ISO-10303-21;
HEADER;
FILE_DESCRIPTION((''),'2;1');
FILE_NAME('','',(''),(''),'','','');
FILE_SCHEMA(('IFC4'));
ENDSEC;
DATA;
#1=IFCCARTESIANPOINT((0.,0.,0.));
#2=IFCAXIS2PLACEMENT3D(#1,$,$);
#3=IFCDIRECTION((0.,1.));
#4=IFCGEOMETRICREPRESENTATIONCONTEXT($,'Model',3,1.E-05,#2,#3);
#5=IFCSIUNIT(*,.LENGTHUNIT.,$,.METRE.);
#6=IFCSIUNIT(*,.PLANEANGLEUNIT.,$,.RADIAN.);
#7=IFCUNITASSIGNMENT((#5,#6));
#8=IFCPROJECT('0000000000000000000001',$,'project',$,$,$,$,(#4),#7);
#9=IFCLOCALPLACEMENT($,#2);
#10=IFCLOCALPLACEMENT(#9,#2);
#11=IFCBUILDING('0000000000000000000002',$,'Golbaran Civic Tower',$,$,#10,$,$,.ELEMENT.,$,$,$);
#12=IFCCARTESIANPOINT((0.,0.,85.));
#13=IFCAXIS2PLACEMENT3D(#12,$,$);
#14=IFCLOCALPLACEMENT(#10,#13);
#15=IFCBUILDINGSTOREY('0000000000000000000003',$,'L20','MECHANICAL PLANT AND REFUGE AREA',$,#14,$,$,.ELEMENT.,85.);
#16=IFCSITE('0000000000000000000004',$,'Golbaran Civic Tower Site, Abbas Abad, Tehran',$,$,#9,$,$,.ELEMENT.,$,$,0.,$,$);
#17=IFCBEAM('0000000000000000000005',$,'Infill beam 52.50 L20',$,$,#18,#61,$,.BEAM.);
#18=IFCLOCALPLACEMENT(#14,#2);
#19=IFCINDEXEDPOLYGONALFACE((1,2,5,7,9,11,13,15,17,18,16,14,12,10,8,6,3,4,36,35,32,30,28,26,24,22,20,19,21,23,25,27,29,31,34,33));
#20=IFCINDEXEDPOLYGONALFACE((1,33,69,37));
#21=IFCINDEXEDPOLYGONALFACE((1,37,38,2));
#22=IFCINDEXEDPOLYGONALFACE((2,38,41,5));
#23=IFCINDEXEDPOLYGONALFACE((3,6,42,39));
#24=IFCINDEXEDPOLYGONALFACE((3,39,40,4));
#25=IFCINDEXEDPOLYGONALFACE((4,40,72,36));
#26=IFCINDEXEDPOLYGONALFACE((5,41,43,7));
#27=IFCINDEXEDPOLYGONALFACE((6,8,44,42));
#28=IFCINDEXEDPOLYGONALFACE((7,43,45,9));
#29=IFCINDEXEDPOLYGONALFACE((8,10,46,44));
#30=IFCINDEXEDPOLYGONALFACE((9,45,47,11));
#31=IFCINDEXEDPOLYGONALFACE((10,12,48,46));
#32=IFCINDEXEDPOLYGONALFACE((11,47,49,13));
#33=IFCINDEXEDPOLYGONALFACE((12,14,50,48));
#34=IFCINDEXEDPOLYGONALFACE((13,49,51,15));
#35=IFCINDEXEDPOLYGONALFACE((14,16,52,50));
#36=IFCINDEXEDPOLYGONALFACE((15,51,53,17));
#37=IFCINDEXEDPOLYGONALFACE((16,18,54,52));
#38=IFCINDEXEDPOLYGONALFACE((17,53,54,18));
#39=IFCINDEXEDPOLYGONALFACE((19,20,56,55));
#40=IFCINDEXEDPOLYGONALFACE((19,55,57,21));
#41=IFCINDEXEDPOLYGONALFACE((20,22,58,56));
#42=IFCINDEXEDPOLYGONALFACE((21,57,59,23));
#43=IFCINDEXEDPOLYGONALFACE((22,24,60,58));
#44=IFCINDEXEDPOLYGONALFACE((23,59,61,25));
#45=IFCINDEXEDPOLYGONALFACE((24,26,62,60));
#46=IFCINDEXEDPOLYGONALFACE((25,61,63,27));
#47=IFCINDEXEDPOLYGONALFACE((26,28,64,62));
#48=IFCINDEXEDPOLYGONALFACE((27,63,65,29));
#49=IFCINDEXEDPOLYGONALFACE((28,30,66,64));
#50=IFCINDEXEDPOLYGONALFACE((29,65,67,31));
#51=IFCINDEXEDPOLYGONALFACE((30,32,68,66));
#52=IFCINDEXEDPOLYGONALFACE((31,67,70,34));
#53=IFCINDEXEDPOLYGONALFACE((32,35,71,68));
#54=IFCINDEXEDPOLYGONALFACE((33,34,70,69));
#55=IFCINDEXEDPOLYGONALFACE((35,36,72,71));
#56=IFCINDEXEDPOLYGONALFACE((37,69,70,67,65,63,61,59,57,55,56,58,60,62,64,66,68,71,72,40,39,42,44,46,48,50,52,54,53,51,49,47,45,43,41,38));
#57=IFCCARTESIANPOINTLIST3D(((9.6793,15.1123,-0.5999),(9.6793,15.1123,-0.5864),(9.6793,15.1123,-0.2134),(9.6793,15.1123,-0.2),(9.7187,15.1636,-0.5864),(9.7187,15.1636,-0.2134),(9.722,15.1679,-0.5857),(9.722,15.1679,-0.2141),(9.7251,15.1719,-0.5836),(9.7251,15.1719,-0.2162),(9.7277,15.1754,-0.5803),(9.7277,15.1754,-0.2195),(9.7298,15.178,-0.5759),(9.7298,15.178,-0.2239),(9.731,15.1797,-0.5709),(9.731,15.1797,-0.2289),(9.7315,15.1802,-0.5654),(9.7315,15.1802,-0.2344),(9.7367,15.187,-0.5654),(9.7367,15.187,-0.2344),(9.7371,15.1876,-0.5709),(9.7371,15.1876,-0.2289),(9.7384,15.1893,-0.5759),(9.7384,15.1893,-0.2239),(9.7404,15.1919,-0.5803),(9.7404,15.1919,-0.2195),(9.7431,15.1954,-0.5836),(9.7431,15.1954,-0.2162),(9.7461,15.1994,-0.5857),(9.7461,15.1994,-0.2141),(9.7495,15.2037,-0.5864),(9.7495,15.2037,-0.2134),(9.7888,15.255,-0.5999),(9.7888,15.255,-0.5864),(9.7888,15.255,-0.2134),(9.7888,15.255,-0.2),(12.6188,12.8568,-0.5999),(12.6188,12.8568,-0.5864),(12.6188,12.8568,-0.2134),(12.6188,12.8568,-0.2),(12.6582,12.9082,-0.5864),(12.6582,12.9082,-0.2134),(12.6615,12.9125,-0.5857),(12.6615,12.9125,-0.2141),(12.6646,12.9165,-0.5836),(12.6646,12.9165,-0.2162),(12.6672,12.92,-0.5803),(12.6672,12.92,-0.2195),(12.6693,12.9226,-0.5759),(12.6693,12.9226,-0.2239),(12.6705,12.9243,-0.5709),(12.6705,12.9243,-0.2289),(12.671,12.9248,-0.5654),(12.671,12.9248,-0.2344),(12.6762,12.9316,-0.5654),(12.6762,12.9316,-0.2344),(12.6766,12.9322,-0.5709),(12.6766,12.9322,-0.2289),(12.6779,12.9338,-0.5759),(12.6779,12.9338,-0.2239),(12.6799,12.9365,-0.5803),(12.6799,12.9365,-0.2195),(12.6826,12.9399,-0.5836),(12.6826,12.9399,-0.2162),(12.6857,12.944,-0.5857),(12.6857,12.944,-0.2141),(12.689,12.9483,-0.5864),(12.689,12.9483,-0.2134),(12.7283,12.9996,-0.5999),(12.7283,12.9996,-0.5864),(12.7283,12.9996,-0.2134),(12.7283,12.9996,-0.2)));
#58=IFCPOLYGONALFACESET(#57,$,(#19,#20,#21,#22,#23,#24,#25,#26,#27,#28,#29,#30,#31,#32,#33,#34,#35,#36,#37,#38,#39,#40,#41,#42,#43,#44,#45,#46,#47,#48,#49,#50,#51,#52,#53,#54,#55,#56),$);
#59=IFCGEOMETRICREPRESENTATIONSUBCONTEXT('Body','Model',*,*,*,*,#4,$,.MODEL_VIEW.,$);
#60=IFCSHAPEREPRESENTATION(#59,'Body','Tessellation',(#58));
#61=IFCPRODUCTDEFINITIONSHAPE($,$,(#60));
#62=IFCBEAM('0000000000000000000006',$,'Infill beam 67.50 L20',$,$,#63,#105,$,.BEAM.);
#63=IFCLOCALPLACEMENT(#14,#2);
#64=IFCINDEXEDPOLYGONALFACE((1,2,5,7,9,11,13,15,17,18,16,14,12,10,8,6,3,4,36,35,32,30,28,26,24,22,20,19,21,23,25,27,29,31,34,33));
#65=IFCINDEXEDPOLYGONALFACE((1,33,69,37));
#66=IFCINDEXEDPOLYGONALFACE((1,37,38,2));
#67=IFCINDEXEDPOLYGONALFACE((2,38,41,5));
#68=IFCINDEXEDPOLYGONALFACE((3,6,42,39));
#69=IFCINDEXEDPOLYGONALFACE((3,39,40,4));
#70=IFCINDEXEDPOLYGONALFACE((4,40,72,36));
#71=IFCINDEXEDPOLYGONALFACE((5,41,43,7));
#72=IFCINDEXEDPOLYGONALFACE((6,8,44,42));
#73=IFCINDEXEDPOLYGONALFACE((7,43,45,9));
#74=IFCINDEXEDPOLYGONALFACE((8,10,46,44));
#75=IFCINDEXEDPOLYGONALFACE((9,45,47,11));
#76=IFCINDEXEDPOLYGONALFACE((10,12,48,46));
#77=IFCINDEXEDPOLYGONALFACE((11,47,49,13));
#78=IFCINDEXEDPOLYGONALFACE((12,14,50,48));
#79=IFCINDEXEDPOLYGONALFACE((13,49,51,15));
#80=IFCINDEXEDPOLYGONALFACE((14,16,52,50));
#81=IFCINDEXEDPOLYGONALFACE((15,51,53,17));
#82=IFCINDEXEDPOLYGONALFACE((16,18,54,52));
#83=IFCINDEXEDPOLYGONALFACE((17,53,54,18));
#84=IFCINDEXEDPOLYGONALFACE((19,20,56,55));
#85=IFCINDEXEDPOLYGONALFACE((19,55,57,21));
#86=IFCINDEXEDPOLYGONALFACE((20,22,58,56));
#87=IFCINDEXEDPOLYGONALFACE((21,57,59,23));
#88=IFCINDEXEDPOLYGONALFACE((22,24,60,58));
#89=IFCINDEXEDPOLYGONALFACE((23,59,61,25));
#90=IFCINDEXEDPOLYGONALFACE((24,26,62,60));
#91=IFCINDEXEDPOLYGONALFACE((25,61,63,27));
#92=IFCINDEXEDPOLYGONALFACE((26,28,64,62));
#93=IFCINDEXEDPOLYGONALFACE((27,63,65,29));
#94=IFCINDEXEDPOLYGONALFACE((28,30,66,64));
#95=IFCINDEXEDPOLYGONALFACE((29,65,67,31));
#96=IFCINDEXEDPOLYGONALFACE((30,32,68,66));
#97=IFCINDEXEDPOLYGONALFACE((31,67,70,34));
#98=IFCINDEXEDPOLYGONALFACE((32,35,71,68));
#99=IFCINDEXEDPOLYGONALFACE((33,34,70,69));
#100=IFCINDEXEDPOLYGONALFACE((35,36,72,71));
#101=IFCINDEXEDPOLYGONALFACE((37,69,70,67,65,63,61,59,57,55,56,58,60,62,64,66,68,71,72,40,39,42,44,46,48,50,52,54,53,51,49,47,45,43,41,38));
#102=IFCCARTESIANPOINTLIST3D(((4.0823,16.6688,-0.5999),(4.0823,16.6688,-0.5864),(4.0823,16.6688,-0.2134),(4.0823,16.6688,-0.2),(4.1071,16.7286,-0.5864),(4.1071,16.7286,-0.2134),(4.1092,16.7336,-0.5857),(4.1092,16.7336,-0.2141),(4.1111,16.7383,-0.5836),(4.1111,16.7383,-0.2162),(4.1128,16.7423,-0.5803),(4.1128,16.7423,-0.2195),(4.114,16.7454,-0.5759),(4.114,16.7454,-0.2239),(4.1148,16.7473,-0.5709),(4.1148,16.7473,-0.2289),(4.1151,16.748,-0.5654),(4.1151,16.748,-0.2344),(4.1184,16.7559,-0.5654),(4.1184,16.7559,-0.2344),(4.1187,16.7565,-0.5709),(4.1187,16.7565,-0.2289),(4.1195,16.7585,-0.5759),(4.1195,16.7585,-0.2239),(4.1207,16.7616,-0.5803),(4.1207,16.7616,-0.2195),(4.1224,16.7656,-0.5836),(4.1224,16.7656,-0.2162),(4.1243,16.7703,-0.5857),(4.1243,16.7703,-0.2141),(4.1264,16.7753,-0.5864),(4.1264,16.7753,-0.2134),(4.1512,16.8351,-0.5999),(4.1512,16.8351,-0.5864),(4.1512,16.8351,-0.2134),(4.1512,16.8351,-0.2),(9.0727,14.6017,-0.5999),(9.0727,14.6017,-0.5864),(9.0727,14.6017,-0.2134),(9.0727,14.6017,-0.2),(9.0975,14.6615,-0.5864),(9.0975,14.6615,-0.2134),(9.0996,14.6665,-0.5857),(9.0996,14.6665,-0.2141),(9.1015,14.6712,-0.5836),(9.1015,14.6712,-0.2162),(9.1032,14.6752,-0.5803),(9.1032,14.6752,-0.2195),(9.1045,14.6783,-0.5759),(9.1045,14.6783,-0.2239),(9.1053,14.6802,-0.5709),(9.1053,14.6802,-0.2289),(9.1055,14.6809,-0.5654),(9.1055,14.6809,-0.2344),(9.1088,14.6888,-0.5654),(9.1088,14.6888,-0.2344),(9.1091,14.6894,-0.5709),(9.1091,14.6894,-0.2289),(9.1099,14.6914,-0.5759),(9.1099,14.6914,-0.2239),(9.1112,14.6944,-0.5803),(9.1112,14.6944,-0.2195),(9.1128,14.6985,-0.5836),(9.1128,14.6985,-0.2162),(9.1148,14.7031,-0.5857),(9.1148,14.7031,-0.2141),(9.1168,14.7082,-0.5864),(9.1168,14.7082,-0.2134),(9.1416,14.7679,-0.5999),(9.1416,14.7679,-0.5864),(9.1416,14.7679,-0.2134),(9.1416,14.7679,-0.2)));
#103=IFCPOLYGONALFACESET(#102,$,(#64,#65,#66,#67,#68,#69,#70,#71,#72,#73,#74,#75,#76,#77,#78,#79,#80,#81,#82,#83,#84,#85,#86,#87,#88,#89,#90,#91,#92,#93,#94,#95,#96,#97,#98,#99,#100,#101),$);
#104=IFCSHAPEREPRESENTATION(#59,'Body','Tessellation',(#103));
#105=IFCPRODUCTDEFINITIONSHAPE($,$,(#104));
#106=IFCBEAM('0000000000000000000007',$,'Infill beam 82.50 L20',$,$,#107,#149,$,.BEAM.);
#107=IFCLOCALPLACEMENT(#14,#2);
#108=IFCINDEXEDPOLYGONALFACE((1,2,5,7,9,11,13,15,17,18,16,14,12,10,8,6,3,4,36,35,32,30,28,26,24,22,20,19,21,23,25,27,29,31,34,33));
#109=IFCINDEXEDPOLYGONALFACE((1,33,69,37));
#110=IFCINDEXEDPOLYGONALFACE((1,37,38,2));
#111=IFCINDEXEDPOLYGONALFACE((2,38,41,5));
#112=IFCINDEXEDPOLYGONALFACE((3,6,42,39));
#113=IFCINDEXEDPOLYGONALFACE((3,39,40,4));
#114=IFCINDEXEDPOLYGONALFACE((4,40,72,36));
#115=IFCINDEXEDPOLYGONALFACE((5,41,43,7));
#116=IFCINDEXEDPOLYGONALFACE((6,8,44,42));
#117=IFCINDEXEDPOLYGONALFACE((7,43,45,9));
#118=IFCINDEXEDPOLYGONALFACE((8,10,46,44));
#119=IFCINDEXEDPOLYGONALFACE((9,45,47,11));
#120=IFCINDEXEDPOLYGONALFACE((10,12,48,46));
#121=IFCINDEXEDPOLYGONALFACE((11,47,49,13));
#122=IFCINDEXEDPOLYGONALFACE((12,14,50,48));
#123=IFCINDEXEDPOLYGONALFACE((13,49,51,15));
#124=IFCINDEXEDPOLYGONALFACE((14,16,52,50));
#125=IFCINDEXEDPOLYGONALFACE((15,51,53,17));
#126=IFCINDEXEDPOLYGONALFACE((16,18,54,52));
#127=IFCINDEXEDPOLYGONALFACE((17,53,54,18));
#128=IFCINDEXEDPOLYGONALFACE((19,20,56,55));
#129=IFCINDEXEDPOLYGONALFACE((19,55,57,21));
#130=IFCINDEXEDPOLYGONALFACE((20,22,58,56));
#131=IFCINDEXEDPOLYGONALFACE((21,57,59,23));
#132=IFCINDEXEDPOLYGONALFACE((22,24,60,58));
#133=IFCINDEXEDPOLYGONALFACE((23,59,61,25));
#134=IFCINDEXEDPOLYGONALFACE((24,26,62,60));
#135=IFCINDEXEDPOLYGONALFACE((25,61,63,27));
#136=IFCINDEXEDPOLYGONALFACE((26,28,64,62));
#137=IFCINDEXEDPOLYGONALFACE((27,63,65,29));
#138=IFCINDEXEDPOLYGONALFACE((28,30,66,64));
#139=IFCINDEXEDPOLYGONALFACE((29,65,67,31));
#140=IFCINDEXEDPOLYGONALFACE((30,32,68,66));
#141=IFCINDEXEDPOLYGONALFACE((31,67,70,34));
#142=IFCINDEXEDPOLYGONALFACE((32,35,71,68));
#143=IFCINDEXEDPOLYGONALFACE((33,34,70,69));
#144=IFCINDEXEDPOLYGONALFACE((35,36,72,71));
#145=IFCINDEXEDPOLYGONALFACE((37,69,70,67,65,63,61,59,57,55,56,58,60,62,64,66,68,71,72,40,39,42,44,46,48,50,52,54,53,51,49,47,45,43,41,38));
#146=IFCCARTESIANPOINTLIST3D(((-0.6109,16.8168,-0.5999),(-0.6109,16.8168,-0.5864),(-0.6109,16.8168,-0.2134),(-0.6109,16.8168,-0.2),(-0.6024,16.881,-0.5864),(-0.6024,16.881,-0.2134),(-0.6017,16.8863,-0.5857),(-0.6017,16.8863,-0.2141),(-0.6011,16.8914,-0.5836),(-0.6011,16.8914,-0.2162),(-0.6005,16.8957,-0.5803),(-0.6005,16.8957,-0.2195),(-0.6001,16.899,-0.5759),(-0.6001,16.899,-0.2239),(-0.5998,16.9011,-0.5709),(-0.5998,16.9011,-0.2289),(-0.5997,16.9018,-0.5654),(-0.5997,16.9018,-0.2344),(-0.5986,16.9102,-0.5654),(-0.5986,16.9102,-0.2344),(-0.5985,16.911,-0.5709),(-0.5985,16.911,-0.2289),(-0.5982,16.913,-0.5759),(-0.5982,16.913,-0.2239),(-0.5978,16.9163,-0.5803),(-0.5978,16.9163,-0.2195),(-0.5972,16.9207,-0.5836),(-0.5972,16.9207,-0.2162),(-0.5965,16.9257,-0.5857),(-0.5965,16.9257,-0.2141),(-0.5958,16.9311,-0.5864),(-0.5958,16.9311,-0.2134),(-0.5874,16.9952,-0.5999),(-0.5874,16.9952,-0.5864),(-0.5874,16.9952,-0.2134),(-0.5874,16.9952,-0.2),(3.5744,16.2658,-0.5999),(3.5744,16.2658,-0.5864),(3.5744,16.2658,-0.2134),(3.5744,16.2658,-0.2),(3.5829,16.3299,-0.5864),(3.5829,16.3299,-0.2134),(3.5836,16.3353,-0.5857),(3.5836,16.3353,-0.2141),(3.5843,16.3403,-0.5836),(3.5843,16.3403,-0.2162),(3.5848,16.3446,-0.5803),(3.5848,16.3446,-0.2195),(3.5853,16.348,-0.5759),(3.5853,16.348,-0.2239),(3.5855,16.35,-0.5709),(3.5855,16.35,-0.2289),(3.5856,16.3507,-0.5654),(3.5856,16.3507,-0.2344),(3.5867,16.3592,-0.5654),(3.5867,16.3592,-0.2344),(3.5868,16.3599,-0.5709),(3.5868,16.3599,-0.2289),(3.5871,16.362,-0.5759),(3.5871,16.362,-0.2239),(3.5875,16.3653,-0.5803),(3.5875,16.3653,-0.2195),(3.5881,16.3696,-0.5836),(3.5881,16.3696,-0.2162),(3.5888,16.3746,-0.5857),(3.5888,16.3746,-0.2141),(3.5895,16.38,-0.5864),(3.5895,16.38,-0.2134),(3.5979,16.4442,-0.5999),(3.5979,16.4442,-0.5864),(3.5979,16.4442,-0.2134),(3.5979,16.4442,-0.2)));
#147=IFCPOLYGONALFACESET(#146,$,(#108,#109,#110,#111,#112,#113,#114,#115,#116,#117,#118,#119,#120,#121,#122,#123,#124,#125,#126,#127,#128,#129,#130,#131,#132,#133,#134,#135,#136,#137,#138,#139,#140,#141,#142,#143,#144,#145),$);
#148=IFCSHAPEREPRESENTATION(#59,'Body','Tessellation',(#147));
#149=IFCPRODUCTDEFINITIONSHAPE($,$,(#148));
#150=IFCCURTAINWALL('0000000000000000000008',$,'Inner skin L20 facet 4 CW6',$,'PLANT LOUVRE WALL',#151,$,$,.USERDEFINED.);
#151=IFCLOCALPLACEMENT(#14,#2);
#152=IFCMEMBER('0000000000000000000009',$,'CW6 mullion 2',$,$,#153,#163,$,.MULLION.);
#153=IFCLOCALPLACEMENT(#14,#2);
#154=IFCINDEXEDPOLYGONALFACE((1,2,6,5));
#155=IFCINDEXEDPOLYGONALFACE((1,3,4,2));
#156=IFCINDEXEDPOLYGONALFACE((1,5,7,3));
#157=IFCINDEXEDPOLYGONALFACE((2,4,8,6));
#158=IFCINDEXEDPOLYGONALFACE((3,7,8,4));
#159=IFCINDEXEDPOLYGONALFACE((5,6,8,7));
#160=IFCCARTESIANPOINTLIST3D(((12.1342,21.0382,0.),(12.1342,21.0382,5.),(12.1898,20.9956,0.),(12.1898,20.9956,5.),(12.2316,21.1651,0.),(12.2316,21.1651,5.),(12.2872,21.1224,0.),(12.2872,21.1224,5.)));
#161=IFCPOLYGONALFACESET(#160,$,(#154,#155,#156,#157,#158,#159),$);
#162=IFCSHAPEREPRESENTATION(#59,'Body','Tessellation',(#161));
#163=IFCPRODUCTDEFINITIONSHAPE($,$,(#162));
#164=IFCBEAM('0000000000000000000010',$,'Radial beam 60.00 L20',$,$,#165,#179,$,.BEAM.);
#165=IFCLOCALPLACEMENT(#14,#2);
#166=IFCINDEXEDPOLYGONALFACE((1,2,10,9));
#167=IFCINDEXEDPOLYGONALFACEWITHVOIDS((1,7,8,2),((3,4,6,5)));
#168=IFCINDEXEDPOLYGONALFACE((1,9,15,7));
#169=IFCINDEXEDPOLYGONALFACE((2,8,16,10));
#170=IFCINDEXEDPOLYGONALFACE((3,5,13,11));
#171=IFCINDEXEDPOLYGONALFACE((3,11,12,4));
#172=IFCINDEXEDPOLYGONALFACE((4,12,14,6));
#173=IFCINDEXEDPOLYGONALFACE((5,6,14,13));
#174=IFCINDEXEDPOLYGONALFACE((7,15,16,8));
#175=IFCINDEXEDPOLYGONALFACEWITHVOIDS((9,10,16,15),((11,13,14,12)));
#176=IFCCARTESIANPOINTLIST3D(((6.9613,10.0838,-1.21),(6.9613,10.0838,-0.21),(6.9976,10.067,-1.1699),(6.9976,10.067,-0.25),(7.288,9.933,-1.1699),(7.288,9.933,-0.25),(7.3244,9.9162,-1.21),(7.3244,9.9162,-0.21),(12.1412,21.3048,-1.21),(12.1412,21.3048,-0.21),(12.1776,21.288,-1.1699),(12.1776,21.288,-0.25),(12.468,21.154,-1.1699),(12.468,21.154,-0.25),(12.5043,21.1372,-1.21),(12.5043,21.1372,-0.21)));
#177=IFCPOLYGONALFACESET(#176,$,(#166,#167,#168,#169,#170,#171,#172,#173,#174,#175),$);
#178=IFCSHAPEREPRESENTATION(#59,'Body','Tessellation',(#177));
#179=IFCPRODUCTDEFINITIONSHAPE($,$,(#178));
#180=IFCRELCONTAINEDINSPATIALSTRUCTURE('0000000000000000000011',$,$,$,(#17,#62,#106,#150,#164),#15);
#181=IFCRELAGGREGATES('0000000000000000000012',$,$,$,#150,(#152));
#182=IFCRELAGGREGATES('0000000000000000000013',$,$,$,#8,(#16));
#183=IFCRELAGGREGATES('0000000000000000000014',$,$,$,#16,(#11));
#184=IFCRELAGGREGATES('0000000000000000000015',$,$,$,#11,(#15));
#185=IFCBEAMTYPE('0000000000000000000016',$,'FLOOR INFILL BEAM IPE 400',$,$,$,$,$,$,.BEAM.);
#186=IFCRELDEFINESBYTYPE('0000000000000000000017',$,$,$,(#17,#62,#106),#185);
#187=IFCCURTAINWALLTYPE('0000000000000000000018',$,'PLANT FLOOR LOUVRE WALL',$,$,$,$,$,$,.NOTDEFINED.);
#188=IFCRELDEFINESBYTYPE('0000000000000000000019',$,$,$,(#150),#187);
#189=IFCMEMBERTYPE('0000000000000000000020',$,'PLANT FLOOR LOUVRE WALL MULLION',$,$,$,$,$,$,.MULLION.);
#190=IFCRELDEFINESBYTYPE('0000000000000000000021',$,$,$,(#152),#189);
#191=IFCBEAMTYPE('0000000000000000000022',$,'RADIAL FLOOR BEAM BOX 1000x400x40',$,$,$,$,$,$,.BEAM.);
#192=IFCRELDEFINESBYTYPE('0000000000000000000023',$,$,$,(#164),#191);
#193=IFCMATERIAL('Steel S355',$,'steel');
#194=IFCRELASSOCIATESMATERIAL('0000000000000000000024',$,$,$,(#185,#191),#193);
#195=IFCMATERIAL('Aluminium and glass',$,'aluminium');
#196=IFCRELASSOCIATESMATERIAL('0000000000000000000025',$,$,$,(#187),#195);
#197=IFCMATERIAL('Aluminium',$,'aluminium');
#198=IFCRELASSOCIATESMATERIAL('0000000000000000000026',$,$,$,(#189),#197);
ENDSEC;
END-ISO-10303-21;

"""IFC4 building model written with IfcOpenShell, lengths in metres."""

from ifc_helpers import new_model, si_unit, direction, frame, origin, origin_2d, place, context, subcontext, project, spatial, rectangle, hollow_rectangle, i_section, extrude, material, material_profile, profile_set, type_object, element, aggregate, save


model = new_model("IFC4")

# Units and contexts
model_context = context("Model", 3, precision=1e-05, world=origin(), true_north=direction((0.0, 1.0)))
body_context = subcontext(model_context, "Body", "Model", "MODEL_VIEW")
ifc_project = project(units=[si_unit("LENGTHUNIT", "METRE"), si_unit("PLANEANGLEUNIT", "RADIAN")], contexts=[model_context])

# Site, building, storey
site_placement = place(None, origin())
site = spatial("IfcSite", under=ifc_project, at=site_placement, Name="Golbaran Civic Tower Site, Abbas Abad, Tehran", CompositionType="ELEMENT", RefElevation=0.0)
building_placement = place(site_placement, origin())
building = spatial("IfcBuilding", under=site, at=building_placement, Name="Golbaran Civic Tower", CompositionType="ELEMENT")
storey_placement = place(building_placement, frame((0.0, 0.0, 85.0)))
storey = spatial("IfcBuildingStorey", under=building, at=storey_placement, Name="L20", Description="MECHANICAL PLANT AND REFUGE AREA", CompositionType="ELEMENT", Elevation=85.0)

# Shared definitions
ifc_material_1 = material(Name="Steel S355", Category="steel")

# Beams
ifc_material_profile_1 = material_profile(ifc_material_1, i_section(OverallWidth=0.1799, OverallDepth=0.3999, WebThickness=0.0085, FlangeThickness=0.0134, FilletRadius=0.021, at=origin_2d()), Name="IPE 400")
ifc_profile_set_1 = profile_set([ifc_material_profile_1], Name="Steel S355")
beam_type_1 = type_object("IfcBeamType", Name="FLOOR INFILL BEAM IPE 400", PredefinedType="BEAM", material=ifc_profile_set_1)
beam_1_placement = place(storey_placement, frame((12.6736, 12.9282, -0.3999), z_axis=(-0.793373, 0.608736, 0.0), x_axis=(-0.608736, -0.793373, 0.0)))
element("IfcBeam", 1, at=beam_1_placement, inside=storey, type_object=beam_type_1, Name="Infill beam 52.50 L20", PredefinedType="BEAM", context=body_context, shape_type="SweptSolid", body=[
    extrude(i_section(OverallWidth=0.1799, OverallDepth=0.3999, WebThickness=0.0085, FlangeThickness=0.0134, FilletRadius=0.021, at=origin_2d()), origin(), (0.0, 0.0, 1.0), 3.7051),
])
beam_2_placement = place(storey_placement, frame((9.1072, 14.6848, -0.3999), z_axis=(-0.923879, 0.382686, 0.0), x_axis=(-0.382686, -0.923879, 0.0)))
element("IfcBeam", 2, at=beam_2_placement, inside=storey, type_object=beam_type_1, Name="Infill beam 67.50 L20", PredefinedType="BEAM", context=body_context, shape_type="SweptSolid", body=[
    extrude(i_section(OverallWidth=0.1799, OverallDepth=0.3999, WebThickness=0.0085, FlangeThickness=0.0134, FilletRadius=0.021, at=origin_2d()), origin(), (0.0, 0.0, 1.0), 5.4016),
])
beam_3_placement = place(storey_placement, frame((3.5862, 16.355, -0.3999), z_axis=(-0.991444, 0.130531, 0.0), x_axis=(-0.130531, -0.991444, 0.0)))
element("IfcBeam", 3, at=beam_3_placement, inside=storey, type_object=beam_type_1, Name="Infill beam 82.50 L20", PredefinedType="BEAM", context=body_context, shape_type="SweptSolid", body=[
    extrude(i_section(OverallWidth=0.1799, OverallDepth=0.3999, WebThickness=0.0085, FlangeThickness=0.0134, FilletRadius=0.021, at=origin_2d()), origin(), (0.0, 0.0, 1.0), 4.2214),
])

# Curtain wall, member
ifc_material_2 = material(Name="Aluminium and glass", Category="aluminium")
curtain_wall_type = type_object("IfcCurtainWallType", Name="PLANT FLOOR LOUVRE WALL", PredefinedType="NOTDEFINED", material=ifc_material_2)
curtain_wall_placement = place(storey_placement, origin())
curtain_wall = element("IfcCurtainWall", 4, at=curtain_wall_placement, inside=storey, type_object=curtain_wall_type, Name="Inner skin L20 facet 4 CW6", ObjectType="PLANT LOUVRE WALL", PredefinedType="USERDEFINED")
ifc_material_3 = material(Name="Aluminium", Category="aluminium")
ifc_material_profile_2 = material_profile(ifc_material_3, rectangle(XDim=0.1599, YDim=0.0701, at=origin_2d()), Name="PLANT FLOOR LOUVRE WALL MULLION")
ifc_profile_set_2 = profile_set([ifc_material_profile_2], Name="Aluminium")
member_type_1 = type_object("IfcMemberType", Name="PLANT FLOOR LOUVRE WALL MULLION", PredefinedType="MULLION", material=ifc_profile_set_2)
member_1_placement = place(storey_placement, frame((12.2107, 21.0803, 0.0), z_axis=(0.0, 0.0, 1.0), x_axis=(-0.608761, -0.793353, 0.0)))
member_1 = element("IfcMember", 5, at=member_1_placement, type_object=member_type_1, Name="CW6 mullion 2", PredefinedType="MULLION", context=body_context, shape_type="SweptSolid", body=[
    extrude(rectangle(XDim=0.1599, YDim=0.0701, at=origin_2d()), origin(), (0.0, 0.0, 1.0), 5.0),
])
aggregate(curtain_wall, [member_1])

# Beam
ifc_material_profile_3 = material_profile(ifc_material_1, hollow_rectangle(XDim=0.3999, YDim=1.0, WallThickness=0.04, at=origin_2d()), Name="BOX 1000x400x40")
ifc_profile_set_3 = profile_set([ifc_material_profile_3], Name="Steel S355")
beam_type_2 = type_object("IfcBeamType", Name="RADIAL FLOOR BEAM BOX 1000x400x40", PredefinedType="BEAM", material=ifc_profile_set_3)
beam_4_placement = place(storey_placement, frame((7.1428, 10.0, -0.71), z_axis=(0.419127, 0.907928, 0.0), x_axis=(-0.907928, 0.419127, 0.0)))
element("IfcBeam", 6, at=beam_4_placement, inside=storey, type_object=beam_type_2, Name="Radial beam 60.00 L20", PredefinedType="BEAM", context=body_context, shape_type="SweptSolid", body=[
    extrude(hollow_rectangle(XDim=0.3999, YDim=1.0, WallThickness=0.04, at=origin_2d()), origin(), (0.0, 0.0, 1.0), 12.3589),
])

save(model, "model.ifc")
